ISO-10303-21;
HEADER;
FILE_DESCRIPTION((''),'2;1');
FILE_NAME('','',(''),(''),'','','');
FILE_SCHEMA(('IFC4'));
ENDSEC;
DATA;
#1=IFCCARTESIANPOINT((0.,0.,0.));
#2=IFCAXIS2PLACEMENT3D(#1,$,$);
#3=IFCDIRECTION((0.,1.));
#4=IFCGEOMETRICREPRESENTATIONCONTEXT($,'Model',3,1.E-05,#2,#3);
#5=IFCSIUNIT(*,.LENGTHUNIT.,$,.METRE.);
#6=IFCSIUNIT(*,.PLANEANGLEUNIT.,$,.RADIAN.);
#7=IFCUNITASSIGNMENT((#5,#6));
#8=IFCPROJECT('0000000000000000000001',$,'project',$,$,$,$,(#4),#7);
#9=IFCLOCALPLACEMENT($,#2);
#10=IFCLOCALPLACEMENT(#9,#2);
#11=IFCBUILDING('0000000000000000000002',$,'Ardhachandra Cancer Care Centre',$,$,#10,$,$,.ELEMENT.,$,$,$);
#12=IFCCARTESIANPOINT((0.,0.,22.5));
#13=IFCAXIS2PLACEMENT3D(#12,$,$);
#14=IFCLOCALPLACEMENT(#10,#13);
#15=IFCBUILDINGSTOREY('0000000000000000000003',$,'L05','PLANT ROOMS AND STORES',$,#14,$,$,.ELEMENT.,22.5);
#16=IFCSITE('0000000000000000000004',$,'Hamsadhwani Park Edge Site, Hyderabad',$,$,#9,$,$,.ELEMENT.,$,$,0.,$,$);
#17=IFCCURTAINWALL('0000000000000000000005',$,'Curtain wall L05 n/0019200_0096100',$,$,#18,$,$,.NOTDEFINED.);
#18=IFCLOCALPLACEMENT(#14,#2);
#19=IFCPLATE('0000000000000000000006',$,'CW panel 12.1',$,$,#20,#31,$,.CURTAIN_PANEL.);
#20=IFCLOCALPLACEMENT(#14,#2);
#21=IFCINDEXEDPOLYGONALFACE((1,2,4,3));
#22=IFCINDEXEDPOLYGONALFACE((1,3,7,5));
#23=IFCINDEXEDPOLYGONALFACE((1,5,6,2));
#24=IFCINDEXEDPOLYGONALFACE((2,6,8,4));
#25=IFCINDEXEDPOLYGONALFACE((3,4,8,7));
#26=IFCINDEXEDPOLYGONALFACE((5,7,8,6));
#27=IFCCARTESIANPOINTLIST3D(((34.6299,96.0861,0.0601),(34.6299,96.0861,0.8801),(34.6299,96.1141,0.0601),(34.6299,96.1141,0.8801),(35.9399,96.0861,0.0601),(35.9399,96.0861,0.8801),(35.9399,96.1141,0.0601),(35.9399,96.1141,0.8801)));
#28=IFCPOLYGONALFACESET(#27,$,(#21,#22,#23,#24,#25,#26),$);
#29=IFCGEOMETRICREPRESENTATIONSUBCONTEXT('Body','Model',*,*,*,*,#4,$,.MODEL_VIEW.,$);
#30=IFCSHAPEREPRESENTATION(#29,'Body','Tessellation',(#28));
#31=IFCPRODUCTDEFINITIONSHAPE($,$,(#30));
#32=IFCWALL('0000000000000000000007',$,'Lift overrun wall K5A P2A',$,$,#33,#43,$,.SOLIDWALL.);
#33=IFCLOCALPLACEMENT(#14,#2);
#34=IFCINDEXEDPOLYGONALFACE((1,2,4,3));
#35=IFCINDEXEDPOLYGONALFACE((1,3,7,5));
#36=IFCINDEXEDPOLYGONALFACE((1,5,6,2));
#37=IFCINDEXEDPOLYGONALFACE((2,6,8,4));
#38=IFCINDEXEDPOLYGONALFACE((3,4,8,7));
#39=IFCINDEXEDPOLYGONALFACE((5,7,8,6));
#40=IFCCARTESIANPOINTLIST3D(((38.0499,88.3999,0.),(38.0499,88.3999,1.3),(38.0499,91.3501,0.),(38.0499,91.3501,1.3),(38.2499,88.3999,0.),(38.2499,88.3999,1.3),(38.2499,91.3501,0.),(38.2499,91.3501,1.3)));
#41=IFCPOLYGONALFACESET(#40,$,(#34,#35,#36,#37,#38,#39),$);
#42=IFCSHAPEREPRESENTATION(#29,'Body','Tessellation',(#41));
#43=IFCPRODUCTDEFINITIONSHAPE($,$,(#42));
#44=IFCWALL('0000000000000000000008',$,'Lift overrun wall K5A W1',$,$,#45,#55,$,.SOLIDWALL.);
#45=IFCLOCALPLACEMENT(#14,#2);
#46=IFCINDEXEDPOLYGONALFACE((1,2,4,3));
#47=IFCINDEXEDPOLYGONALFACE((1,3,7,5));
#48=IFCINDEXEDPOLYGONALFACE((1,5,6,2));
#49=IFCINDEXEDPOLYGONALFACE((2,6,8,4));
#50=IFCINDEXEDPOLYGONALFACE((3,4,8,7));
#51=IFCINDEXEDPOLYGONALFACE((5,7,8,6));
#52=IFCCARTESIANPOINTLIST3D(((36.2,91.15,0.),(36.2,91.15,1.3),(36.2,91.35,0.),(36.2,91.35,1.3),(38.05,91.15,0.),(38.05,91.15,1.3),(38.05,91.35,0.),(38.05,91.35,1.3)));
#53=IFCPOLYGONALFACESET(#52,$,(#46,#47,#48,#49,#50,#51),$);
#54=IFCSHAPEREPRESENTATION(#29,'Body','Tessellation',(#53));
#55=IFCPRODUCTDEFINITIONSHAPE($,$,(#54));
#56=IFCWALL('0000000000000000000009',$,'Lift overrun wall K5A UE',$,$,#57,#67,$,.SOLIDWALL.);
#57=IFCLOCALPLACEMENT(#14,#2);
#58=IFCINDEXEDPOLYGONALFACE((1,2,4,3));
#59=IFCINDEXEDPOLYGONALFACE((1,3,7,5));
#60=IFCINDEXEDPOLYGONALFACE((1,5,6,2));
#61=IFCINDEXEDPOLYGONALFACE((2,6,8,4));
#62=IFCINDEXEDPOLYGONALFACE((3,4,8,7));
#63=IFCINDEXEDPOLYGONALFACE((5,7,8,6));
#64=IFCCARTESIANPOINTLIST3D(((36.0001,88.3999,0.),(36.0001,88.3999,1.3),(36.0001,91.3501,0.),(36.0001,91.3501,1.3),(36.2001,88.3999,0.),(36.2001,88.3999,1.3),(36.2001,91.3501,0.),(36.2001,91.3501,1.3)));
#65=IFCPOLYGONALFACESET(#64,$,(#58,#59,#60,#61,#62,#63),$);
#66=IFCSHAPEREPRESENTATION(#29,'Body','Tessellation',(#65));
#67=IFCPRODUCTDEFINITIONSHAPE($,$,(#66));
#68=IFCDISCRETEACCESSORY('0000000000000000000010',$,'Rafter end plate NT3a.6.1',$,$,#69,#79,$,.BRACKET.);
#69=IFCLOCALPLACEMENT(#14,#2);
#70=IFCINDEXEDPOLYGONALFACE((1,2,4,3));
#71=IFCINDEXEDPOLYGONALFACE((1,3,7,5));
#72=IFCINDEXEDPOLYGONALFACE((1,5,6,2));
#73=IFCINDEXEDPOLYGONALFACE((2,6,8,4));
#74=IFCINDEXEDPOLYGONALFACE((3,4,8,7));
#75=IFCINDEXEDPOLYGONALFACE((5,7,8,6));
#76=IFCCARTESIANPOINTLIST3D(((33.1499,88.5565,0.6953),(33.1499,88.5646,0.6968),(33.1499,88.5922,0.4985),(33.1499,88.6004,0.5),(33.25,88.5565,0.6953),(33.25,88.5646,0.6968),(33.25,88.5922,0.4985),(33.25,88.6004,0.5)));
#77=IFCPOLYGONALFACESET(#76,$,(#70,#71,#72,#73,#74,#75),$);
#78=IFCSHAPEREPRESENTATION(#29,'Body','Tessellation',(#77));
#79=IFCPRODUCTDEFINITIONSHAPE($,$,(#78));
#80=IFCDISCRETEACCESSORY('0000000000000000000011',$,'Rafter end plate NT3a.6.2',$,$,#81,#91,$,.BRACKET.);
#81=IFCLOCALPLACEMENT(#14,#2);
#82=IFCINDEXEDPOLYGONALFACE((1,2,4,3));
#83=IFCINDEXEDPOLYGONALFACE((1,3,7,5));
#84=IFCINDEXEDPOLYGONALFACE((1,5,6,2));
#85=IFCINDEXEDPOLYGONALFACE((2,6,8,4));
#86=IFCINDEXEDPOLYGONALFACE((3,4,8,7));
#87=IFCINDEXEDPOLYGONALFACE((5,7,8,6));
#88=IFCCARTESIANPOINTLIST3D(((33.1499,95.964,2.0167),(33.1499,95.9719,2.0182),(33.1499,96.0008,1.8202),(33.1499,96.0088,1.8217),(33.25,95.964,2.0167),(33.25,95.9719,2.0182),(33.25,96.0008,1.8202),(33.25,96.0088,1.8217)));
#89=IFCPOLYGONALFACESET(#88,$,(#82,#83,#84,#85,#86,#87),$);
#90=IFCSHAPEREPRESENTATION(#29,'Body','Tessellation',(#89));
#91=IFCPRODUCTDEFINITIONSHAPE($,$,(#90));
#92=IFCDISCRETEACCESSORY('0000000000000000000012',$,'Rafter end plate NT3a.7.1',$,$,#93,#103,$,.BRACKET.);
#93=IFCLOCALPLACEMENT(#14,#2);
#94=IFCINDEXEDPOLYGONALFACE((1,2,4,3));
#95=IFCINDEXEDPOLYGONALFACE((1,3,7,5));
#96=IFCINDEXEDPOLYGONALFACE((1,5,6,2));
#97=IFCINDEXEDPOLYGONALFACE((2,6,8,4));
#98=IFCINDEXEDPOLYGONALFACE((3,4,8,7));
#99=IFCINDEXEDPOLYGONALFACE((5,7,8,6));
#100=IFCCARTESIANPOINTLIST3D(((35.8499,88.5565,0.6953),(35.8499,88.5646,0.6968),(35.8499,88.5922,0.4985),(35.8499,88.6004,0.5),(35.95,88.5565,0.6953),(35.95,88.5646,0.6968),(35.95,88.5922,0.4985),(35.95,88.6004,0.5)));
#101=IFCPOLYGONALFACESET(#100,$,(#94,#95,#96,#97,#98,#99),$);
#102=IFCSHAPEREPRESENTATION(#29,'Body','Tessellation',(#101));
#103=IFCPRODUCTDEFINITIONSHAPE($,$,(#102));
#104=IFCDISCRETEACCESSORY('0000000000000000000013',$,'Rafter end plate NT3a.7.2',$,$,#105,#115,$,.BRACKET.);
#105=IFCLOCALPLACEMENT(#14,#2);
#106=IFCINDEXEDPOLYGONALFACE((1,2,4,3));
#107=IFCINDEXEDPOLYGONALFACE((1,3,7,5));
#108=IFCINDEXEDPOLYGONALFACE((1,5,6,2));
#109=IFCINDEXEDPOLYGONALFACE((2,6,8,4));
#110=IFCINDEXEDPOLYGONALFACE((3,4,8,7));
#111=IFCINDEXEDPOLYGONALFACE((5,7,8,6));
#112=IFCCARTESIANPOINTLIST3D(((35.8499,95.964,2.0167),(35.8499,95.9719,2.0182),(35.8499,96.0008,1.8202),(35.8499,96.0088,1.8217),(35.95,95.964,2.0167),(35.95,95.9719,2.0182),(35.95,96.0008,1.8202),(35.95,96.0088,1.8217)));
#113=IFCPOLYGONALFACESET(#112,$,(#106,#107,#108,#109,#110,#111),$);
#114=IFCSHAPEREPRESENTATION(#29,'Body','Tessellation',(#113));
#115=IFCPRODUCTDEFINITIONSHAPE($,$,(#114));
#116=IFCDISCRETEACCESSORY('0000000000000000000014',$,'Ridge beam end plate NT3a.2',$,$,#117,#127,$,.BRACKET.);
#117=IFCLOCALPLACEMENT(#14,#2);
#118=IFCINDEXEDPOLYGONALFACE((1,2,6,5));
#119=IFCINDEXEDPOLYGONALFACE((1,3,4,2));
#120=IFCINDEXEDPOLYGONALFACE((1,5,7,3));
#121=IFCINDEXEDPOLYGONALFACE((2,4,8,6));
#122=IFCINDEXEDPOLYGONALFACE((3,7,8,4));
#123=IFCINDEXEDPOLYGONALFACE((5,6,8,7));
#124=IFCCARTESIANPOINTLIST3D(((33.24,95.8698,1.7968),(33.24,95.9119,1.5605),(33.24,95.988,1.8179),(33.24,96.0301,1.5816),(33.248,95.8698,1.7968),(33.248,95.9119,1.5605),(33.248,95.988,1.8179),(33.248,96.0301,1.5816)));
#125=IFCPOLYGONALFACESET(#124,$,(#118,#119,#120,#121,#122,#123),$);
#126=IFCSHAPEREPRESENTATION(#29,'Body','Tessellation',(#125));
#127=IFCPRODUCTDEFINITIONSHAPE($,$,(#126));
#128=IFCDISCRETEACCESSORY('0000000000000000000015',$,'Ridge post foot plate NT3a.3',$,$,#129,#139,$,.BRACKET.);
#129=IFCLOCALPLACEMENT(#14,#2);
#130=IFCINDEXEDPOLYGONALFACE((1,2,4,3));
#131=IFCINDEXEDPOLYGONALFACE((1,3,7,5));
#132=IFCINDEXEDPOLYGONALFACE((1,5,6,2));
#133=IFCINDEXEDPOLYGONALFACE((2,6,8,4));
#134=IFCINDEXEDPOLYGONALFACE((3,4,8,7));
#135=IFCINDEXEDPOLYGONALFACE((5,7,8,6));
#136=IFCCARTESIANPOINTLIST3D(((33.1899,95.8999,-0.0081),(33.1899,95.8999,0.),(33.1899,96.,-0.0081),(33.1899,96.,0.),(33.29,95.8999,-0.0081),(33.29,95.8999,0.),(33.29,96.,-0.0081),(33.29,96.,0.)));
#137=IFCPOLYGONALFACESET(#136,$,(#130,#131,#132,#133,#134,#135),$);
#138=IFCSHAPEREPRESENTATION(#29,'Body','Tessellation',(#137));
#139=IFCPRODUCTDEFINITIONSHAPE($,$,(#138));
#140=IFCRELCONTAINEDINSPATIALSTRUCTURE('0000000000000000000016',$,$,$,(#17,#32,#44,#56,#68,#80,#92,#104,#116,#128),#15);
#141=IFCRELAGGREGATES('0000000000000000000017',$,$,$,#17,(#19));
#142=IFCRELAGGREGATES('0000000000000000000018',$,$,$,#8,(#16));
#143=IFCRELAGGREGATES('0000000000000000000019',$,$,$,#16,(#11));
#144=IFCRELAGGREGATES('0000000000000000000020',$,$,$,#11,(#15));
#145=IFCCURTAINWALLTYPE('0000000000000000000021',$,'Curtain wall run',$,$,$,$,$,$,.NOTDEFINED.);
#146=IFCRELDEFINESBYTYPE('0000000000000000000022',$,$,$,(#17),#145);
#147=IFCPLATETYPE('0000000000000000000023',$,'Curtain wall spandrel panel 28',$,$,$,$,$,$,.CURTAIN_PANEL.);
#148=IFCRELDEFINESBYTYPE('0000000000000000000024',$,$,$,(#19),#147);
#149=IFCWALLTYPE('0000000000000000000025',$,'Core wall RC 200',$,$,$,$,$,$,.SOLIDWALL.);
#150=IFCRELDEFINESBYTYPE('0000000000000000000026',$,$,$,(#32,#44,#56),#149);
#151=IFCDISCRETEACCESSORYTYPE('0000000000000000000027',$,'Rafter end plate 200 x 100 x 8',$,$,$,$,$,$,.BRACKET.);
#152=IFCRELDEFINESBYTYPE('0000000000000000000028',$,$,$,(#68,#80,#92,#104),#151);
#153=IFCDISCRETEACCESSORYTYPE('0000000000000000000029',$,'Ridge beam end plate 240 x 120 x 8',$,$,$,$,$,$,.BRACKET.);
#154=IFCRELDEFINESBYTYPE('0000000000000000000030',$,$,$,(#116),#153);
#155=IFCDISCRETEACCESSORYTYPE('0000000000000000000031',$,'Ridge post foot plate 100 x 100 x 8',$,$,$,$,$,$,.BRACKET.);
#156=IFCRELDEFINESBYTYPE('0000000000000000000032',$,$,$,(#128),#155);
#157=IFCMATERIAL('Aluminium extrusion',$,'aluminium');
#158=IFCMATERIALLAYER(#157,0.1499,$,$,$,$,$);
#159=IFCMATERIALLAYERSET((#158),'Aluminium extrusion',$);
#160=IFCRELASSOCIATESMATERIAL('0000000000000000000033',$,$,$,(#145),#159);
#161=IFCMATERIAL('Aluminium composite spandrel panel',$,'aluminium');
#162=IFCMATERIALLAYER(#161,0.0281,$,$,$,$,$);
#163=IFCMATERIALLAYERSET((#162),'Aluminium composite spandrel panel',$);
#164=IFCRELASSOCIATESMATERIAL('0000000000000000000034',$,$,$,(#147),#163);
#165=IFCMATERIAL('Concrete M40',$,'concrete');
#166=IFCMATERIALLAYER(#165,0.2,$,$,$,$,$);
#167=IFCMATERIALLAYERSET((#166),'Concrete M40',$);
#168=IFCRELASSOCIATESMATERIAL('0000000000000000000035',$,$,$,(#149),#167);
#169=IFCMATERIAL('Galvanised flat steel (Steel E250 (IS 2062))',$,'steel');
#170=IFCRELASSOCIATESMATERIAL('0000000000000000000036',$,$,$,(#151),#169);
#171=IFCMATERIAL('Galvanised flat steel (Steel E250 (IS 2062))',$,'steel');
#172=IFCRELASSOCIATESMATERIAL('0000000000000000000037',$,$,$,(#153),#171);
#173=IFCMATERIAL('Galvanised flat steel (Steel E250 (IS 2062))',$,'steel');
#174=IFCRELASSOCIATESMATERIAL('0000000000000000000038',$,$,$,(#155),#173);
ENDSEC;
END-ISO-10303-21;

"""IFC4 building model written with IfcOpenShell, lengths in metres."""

from ifc_helpers import new_model, si_unit, direction, frame, frame_2d, origin, origin_2d, place, context, subcontext, project, spatial, rectangle, extrude, material, layer, layer_set, material_profile, profile_set, type_object, element, aggregate, save


model = new_model("IFC4")

# Units and contexts
model_context = context("Model", 3, precision=1e-05, world=origin(), true_north=direction((0.0, 1.0)))
body_context = subcontext(model_context, "Body", "Model", "MODEL_VIEW")
ifc_project = project(units=[si_unit("LENGTHUNIT", "METRE"), si_unit("PLANEANGLEUNIT", "RADIAN")], contexts=[model_context])

# Site, building, storey
site_placement = place(None, origin())
site = spatial("IfcSite", under=ifc_project, at=site_placement, Name="Hamsadhwani Park Edge Site, Hyderabad", CompositionType="ELEMENT", RefElevation=0.0)
building_placement = place(site_placement, origin())
building = spatial("IfcBuilding", under=site, at=building_placement, Name="Ardhachandra Cancer Care Centre", CompositionType="ELEMENT")
storey_placement = place(building_placement, frame((0.0, 0.0, 22.5)))
storey = spatial("IfcBuildingStorey", under=building, at=storey_placement, Name="L05", Description="PLANT ROOMS AND STORES", CompositionType="ELEMENT", Elevation=22.5)

# Curtain wall
ifc_material_1 = material(Name="Aluminium extrusion", Category="aluminium")
ifc_layer_1 = layer(ifc_material_1, 0.1499)
ifc_layer_set_1 = layer_set([ifc_layer_1], Name="Aluminium extrusion")
curtain_wall_type = type_object("IfcCurtainWallType", Name="Curtain wall run", PredefinedType="NOTDEFINED", material=ifc_layer_set_1)
curtain_wall_1_placement = place(storey_placement, origin())
curtain_wall_1 = element("IfcCurtainWall", 1, at=curtain_wall_1_placement, inside=storey, type_object=curtain_wall_type, Name="Curtain wall L05 n/0019200_0096100", PredefinedType="NOTDEFINED")

# Plate
ifc_material_2 = material(Name="Aluminium composite spandrel panel", Category="aluminium")
ifc_layer_2 = layer(ifc_material_2, 0.0281)
ifc_layer_set_2 = layer_set([ifc_layer_2], Name="Aluminium composite spandrel panel")
plate_type_1 = type_object("IfcPlateType", Name="Curtain wall spandrel panel 28", PredefinedType="CURTAIN_PANEL", material=ifc_layer_set_2)
plate_1_placement = place(storey_placement, frame((35.2849, 96.1001, 0.0601), z_axis=(0.0, 0.0, 1.0), x_axis=(1.0, 0.0, 0.0)))
plate_1 = element("IfcPlate", 2, at=plate_1_placement, type_object=plate_type_1, Name="CW panel 12.1", PredefinedType="CURTAIN_PANEL", context=body_context, shape_type="SweptSolid", body=[
    extrude(rectangle(XDim=1.3101, YDim=0.0281, at=origin_2d()), origin(), (0.0, 0.0, 1.0), 0.8201),
])
aggregate(curtain_wall_1, [plate_1])

# Walls
ifc_material_3 = material(Name="Concrete M40", Category="concrete")
ifc_layer_3 = layer(ifc_material_3, 0.2)
ifc_layer_set_3 = layer_set([ifc_layer_3], Name="Concrete M40")
wall_type = type_object("IfcWallType", Name="Core wall RC 200", PredefinedType="SOLIDWALL", material=ifc_layer_set_3)
wall_1_placement = place(storey_placement, frame((38.1499, 88.3999, 0.0), z_axis=(0.0, 0.0, 1.0), x_axis=(0.0, 1.0, 0.0)))
element("IfcWall", 3, at=wall_1_placement, inside=storey, type_object=wall_type, Name="Lift overrun wall K5A P2A", PredefinedType="SOLIDWALL", context=body_context, shape_type="SweptSolid", body=[
    extrude(rectangle(XDim=2.9502, YDim=0.2, at=frame_2d((1.4751, 0.0))), origin(), (0.0, 0.0, 1.0), 1.3),
])
wall_2_placement = place(storey_placement, frame((38.05, 91.25, 0.0), z_axis=(0.0, 0.0, 1.0), x_axis=(-1.0, 0.0, 0.0)))
element("IfcWall", 4, at=wall_2_placement, inside=storey, type_object=wall_type, Name="Lift overrun wall K5A W1", PredefinedType="SOLIDWALL", context=body_context, shape_type="SweptSolid", body=[
    extrude(rectangle(XDim=1.8501, YDim=0.2, at=frame_2d((0.925, 0.0))), origin(), (0.0, 0.0, 1.0), 1.3),
])
wall_3_placement = place(storey_placement, frame((36.1001, 88.3999, 0.0), z_axis=(0.0, 0.0, 1.0), x_axis=(0.0, 1.0, 0.0)))
element("IfcWall", 5, at=wall_3_placement, inside=storey, type_object=wall_type, Name="Lift overrun wall K5A UE", PredefinedType="SOLIDWALL", context=body_context, shape_type="SweptSolid", body=[
    extrude(rectangle(XDim=2.9502, YDim=0.2, at=frame_2d((1.4751, 0.0))), origin(), (0.0, 0.0, 1.0), 1.3),
])

# Discrete accessories
ifc_material_4 = material(Name="Galvanised flat steel (Steel E250 (IS 2062))", Category="steel")
ifc_material_profile_1 = material_profile(ifc_material_4, rectangle(XDim=0.1001, YDim=0.2, at=origin_2d()), Name="Rafter end plate 200 x 100 x 8")
ifc_profile_set_1 = profile_set([ifc_material_profile_1], Name="Galvanised flat steel (Steel E250 (IS 2062))")
discrete_accessory_type_1 = type_object("IfcDiscreteAccessoryType", Name="Rafter end plate 200 x 100 x 8", PredefinedType="BRACKET", material=ifc_profile_set_1)
discrete_accessory_1_placement = place(storey_placement, frame((33.2, 88.5825, 0.5984), z_axis=(0.0, -0.98387, -0.178885), x_axis=(1.0, 0.0, 0.0)))
element("IfcDiscreteAccessory", 6, at=discrete_accessory_1_placement, inside=storey, type_object=discrete_accessory_type_1, Name="Rafter end plate NT3a.6.1", PredefinedType="BRACKET", context=body_context, shape_type="SweptSolid", body=[
    extrude(rectangle(XDim=0.1001, YDim=0.2, at=origin_2d()), origin(), (0.0, 0.0, 1.0), 0.0083),
])
discrete_accessory_2_placement = place(storey_placement, frame((33.2, 95.9824, 1.9185), z_axis=(0.0, 0.982872, 0.184289), x_axis=(-1.0, 0.0, 0.0)))
element("IfcDiscreteAccessory", 7, at=discrete_accessory_2_placement, inside=storey, type_object=discrete_accessory_type_1, Name="Rafter end plate NT3a.6.2", PredefinedType="BRACKET", context=body_context, shape_type="SweptSolid", body=[
    extrude(rectangle(XDim=0.1001, YDim=0.2, at=origin_2d()), origin(), (0.0, 0.0, 1.0), 0.0081),
])
discrete_accessory_3_placement = place(storey_placement, frame((35.8999, 88.5825, 0.5984), z_axis=(0.0, -0.98387, -0.178885), x_axis=(1.0, 0.0, 0.0)))
element("IfcDiscreteAccessory", 8, at=discrete_accessory_3_placement, inside=storey, type_object=discrete_accessory_type_1, Name="Rafter end plate NT3a.7.1", PredefinedType="BRACKET", context=body_context, shape_type="SweptSolid", body=[
    extrude(rectangle(XDim=0.1001, YDim=0.2, at=origin_2d()), origin(), (0.0, 0.0, 1.0), 0.0083),
])
discrete_accessory_4_placement = place(storey_placement, frame((35.8999, 95.9824, 1.9185), z_axis=(0.0, 0.982872, 0.184289), x_axis=(-1.0, 0.0, 0.0)))
element("IfcDiscreteAccessory", 9, at=discrete_accessory_4_placement, inside=storey, type_object=discrete_accessory_type_1, Name="Rafter end plate NT3a.7.2", PredefinedType="BRACKET", context=body_context, shape_type="SweptSolid", body=[
    extrude(rectangle(XDim=0.1001, YDim=0.2, at=origin_2d()), origin(), (0.0, 0.0, 1.0), 0.0081),
])
ifc_material_5 = material(Name="Galvanised flat steel (Steel E250 (IS 2062))", Category="steel")
ifc_material_profile_2 = material_profile(ifc_material_5, rectangle(XDim=0.1201, YDim=0.24, at=origin_2d()), Name="Ridge beam end plate 240 x 120 x 8")
ifc_profile_set_2 = profile_set([ifc_material_profile_2], Name="Galvanised flat steel (Steel E250 (IS 2062))")
discrete_accessory_type_2 = type_object("IfcDiscreteAccessoryType", Name="Ridge beam end plate 240 x 120 x 8", PredefinedType="BRACKET", material=ifc_profile_set_2)
discrete_accessory_5_placement = place(storey_placement, frame((33.24, 95.95, 1.6892), z_axis=(1.0, 0.0, 0.0), x_axis=(0.0, 0.98446, 0.175606)))
element("IfcDiscreteAccessory", 10, at=discrete_accessory_5_placement, inside=storey, type_object=discrete_accessory_type_2, Name="Ridge beam end plate NT3a.2", PredefinedType="BRACKET", context=body_context, shape_type="SweptSolid", body=[
    extrude(rectangle(XDim=0.1201, YDim=0.24, at=origin_2d()), origin(), (0.0, 0.0, 1.0), 0.0081),
])
ifc_material_6 = material(Name="Galvanised flat steel (Steel E250 (IS 2062))", Category="steel")
ifc_material_profile_3 = material_profile(ifc_material_6, rectangle(XDim=0.1001, YDim=0.1001, at=origin_2d()), Name="Ridge post foot plate 100 x 100 x 8")
ifc_profile_set_3 = profile_set([ifc_material_profile_3], Name="Galvanised flat steel (Steel E250 (IS 2062))")
discrete_accessory_type_3 = type_object("IfcDiscreteAccessoryType", Name="Ridge post foot plate 100 x 100 x 8", PredefinedType="BRACKET", material=ifc_profile_set_3)
discrete_accessory_6_placement = place(storey_placement, frame((33.24, 95.95, 0.0), z_axis=(0.0, 0.0, -1.0), x_axis=(1.0, 0.0, 0.0)))
element("IfcDiscreteAccessory", 11, at=discrete_accessory_6_placement, inside=storey, type_object=discrete_accessory_type_3, Name="Ridge post foot plate NT3a.3", PredefinedType="BRACKET", context=body_context, shape_type="SweptSolid", body=[
    extrude(rectangle(XDim=0.1001, YDim=0.1001, at=origin_2d()), origin(), (0.0, 0.0, 1.0), 0.0081),
])

save(model, "model.ifc")
